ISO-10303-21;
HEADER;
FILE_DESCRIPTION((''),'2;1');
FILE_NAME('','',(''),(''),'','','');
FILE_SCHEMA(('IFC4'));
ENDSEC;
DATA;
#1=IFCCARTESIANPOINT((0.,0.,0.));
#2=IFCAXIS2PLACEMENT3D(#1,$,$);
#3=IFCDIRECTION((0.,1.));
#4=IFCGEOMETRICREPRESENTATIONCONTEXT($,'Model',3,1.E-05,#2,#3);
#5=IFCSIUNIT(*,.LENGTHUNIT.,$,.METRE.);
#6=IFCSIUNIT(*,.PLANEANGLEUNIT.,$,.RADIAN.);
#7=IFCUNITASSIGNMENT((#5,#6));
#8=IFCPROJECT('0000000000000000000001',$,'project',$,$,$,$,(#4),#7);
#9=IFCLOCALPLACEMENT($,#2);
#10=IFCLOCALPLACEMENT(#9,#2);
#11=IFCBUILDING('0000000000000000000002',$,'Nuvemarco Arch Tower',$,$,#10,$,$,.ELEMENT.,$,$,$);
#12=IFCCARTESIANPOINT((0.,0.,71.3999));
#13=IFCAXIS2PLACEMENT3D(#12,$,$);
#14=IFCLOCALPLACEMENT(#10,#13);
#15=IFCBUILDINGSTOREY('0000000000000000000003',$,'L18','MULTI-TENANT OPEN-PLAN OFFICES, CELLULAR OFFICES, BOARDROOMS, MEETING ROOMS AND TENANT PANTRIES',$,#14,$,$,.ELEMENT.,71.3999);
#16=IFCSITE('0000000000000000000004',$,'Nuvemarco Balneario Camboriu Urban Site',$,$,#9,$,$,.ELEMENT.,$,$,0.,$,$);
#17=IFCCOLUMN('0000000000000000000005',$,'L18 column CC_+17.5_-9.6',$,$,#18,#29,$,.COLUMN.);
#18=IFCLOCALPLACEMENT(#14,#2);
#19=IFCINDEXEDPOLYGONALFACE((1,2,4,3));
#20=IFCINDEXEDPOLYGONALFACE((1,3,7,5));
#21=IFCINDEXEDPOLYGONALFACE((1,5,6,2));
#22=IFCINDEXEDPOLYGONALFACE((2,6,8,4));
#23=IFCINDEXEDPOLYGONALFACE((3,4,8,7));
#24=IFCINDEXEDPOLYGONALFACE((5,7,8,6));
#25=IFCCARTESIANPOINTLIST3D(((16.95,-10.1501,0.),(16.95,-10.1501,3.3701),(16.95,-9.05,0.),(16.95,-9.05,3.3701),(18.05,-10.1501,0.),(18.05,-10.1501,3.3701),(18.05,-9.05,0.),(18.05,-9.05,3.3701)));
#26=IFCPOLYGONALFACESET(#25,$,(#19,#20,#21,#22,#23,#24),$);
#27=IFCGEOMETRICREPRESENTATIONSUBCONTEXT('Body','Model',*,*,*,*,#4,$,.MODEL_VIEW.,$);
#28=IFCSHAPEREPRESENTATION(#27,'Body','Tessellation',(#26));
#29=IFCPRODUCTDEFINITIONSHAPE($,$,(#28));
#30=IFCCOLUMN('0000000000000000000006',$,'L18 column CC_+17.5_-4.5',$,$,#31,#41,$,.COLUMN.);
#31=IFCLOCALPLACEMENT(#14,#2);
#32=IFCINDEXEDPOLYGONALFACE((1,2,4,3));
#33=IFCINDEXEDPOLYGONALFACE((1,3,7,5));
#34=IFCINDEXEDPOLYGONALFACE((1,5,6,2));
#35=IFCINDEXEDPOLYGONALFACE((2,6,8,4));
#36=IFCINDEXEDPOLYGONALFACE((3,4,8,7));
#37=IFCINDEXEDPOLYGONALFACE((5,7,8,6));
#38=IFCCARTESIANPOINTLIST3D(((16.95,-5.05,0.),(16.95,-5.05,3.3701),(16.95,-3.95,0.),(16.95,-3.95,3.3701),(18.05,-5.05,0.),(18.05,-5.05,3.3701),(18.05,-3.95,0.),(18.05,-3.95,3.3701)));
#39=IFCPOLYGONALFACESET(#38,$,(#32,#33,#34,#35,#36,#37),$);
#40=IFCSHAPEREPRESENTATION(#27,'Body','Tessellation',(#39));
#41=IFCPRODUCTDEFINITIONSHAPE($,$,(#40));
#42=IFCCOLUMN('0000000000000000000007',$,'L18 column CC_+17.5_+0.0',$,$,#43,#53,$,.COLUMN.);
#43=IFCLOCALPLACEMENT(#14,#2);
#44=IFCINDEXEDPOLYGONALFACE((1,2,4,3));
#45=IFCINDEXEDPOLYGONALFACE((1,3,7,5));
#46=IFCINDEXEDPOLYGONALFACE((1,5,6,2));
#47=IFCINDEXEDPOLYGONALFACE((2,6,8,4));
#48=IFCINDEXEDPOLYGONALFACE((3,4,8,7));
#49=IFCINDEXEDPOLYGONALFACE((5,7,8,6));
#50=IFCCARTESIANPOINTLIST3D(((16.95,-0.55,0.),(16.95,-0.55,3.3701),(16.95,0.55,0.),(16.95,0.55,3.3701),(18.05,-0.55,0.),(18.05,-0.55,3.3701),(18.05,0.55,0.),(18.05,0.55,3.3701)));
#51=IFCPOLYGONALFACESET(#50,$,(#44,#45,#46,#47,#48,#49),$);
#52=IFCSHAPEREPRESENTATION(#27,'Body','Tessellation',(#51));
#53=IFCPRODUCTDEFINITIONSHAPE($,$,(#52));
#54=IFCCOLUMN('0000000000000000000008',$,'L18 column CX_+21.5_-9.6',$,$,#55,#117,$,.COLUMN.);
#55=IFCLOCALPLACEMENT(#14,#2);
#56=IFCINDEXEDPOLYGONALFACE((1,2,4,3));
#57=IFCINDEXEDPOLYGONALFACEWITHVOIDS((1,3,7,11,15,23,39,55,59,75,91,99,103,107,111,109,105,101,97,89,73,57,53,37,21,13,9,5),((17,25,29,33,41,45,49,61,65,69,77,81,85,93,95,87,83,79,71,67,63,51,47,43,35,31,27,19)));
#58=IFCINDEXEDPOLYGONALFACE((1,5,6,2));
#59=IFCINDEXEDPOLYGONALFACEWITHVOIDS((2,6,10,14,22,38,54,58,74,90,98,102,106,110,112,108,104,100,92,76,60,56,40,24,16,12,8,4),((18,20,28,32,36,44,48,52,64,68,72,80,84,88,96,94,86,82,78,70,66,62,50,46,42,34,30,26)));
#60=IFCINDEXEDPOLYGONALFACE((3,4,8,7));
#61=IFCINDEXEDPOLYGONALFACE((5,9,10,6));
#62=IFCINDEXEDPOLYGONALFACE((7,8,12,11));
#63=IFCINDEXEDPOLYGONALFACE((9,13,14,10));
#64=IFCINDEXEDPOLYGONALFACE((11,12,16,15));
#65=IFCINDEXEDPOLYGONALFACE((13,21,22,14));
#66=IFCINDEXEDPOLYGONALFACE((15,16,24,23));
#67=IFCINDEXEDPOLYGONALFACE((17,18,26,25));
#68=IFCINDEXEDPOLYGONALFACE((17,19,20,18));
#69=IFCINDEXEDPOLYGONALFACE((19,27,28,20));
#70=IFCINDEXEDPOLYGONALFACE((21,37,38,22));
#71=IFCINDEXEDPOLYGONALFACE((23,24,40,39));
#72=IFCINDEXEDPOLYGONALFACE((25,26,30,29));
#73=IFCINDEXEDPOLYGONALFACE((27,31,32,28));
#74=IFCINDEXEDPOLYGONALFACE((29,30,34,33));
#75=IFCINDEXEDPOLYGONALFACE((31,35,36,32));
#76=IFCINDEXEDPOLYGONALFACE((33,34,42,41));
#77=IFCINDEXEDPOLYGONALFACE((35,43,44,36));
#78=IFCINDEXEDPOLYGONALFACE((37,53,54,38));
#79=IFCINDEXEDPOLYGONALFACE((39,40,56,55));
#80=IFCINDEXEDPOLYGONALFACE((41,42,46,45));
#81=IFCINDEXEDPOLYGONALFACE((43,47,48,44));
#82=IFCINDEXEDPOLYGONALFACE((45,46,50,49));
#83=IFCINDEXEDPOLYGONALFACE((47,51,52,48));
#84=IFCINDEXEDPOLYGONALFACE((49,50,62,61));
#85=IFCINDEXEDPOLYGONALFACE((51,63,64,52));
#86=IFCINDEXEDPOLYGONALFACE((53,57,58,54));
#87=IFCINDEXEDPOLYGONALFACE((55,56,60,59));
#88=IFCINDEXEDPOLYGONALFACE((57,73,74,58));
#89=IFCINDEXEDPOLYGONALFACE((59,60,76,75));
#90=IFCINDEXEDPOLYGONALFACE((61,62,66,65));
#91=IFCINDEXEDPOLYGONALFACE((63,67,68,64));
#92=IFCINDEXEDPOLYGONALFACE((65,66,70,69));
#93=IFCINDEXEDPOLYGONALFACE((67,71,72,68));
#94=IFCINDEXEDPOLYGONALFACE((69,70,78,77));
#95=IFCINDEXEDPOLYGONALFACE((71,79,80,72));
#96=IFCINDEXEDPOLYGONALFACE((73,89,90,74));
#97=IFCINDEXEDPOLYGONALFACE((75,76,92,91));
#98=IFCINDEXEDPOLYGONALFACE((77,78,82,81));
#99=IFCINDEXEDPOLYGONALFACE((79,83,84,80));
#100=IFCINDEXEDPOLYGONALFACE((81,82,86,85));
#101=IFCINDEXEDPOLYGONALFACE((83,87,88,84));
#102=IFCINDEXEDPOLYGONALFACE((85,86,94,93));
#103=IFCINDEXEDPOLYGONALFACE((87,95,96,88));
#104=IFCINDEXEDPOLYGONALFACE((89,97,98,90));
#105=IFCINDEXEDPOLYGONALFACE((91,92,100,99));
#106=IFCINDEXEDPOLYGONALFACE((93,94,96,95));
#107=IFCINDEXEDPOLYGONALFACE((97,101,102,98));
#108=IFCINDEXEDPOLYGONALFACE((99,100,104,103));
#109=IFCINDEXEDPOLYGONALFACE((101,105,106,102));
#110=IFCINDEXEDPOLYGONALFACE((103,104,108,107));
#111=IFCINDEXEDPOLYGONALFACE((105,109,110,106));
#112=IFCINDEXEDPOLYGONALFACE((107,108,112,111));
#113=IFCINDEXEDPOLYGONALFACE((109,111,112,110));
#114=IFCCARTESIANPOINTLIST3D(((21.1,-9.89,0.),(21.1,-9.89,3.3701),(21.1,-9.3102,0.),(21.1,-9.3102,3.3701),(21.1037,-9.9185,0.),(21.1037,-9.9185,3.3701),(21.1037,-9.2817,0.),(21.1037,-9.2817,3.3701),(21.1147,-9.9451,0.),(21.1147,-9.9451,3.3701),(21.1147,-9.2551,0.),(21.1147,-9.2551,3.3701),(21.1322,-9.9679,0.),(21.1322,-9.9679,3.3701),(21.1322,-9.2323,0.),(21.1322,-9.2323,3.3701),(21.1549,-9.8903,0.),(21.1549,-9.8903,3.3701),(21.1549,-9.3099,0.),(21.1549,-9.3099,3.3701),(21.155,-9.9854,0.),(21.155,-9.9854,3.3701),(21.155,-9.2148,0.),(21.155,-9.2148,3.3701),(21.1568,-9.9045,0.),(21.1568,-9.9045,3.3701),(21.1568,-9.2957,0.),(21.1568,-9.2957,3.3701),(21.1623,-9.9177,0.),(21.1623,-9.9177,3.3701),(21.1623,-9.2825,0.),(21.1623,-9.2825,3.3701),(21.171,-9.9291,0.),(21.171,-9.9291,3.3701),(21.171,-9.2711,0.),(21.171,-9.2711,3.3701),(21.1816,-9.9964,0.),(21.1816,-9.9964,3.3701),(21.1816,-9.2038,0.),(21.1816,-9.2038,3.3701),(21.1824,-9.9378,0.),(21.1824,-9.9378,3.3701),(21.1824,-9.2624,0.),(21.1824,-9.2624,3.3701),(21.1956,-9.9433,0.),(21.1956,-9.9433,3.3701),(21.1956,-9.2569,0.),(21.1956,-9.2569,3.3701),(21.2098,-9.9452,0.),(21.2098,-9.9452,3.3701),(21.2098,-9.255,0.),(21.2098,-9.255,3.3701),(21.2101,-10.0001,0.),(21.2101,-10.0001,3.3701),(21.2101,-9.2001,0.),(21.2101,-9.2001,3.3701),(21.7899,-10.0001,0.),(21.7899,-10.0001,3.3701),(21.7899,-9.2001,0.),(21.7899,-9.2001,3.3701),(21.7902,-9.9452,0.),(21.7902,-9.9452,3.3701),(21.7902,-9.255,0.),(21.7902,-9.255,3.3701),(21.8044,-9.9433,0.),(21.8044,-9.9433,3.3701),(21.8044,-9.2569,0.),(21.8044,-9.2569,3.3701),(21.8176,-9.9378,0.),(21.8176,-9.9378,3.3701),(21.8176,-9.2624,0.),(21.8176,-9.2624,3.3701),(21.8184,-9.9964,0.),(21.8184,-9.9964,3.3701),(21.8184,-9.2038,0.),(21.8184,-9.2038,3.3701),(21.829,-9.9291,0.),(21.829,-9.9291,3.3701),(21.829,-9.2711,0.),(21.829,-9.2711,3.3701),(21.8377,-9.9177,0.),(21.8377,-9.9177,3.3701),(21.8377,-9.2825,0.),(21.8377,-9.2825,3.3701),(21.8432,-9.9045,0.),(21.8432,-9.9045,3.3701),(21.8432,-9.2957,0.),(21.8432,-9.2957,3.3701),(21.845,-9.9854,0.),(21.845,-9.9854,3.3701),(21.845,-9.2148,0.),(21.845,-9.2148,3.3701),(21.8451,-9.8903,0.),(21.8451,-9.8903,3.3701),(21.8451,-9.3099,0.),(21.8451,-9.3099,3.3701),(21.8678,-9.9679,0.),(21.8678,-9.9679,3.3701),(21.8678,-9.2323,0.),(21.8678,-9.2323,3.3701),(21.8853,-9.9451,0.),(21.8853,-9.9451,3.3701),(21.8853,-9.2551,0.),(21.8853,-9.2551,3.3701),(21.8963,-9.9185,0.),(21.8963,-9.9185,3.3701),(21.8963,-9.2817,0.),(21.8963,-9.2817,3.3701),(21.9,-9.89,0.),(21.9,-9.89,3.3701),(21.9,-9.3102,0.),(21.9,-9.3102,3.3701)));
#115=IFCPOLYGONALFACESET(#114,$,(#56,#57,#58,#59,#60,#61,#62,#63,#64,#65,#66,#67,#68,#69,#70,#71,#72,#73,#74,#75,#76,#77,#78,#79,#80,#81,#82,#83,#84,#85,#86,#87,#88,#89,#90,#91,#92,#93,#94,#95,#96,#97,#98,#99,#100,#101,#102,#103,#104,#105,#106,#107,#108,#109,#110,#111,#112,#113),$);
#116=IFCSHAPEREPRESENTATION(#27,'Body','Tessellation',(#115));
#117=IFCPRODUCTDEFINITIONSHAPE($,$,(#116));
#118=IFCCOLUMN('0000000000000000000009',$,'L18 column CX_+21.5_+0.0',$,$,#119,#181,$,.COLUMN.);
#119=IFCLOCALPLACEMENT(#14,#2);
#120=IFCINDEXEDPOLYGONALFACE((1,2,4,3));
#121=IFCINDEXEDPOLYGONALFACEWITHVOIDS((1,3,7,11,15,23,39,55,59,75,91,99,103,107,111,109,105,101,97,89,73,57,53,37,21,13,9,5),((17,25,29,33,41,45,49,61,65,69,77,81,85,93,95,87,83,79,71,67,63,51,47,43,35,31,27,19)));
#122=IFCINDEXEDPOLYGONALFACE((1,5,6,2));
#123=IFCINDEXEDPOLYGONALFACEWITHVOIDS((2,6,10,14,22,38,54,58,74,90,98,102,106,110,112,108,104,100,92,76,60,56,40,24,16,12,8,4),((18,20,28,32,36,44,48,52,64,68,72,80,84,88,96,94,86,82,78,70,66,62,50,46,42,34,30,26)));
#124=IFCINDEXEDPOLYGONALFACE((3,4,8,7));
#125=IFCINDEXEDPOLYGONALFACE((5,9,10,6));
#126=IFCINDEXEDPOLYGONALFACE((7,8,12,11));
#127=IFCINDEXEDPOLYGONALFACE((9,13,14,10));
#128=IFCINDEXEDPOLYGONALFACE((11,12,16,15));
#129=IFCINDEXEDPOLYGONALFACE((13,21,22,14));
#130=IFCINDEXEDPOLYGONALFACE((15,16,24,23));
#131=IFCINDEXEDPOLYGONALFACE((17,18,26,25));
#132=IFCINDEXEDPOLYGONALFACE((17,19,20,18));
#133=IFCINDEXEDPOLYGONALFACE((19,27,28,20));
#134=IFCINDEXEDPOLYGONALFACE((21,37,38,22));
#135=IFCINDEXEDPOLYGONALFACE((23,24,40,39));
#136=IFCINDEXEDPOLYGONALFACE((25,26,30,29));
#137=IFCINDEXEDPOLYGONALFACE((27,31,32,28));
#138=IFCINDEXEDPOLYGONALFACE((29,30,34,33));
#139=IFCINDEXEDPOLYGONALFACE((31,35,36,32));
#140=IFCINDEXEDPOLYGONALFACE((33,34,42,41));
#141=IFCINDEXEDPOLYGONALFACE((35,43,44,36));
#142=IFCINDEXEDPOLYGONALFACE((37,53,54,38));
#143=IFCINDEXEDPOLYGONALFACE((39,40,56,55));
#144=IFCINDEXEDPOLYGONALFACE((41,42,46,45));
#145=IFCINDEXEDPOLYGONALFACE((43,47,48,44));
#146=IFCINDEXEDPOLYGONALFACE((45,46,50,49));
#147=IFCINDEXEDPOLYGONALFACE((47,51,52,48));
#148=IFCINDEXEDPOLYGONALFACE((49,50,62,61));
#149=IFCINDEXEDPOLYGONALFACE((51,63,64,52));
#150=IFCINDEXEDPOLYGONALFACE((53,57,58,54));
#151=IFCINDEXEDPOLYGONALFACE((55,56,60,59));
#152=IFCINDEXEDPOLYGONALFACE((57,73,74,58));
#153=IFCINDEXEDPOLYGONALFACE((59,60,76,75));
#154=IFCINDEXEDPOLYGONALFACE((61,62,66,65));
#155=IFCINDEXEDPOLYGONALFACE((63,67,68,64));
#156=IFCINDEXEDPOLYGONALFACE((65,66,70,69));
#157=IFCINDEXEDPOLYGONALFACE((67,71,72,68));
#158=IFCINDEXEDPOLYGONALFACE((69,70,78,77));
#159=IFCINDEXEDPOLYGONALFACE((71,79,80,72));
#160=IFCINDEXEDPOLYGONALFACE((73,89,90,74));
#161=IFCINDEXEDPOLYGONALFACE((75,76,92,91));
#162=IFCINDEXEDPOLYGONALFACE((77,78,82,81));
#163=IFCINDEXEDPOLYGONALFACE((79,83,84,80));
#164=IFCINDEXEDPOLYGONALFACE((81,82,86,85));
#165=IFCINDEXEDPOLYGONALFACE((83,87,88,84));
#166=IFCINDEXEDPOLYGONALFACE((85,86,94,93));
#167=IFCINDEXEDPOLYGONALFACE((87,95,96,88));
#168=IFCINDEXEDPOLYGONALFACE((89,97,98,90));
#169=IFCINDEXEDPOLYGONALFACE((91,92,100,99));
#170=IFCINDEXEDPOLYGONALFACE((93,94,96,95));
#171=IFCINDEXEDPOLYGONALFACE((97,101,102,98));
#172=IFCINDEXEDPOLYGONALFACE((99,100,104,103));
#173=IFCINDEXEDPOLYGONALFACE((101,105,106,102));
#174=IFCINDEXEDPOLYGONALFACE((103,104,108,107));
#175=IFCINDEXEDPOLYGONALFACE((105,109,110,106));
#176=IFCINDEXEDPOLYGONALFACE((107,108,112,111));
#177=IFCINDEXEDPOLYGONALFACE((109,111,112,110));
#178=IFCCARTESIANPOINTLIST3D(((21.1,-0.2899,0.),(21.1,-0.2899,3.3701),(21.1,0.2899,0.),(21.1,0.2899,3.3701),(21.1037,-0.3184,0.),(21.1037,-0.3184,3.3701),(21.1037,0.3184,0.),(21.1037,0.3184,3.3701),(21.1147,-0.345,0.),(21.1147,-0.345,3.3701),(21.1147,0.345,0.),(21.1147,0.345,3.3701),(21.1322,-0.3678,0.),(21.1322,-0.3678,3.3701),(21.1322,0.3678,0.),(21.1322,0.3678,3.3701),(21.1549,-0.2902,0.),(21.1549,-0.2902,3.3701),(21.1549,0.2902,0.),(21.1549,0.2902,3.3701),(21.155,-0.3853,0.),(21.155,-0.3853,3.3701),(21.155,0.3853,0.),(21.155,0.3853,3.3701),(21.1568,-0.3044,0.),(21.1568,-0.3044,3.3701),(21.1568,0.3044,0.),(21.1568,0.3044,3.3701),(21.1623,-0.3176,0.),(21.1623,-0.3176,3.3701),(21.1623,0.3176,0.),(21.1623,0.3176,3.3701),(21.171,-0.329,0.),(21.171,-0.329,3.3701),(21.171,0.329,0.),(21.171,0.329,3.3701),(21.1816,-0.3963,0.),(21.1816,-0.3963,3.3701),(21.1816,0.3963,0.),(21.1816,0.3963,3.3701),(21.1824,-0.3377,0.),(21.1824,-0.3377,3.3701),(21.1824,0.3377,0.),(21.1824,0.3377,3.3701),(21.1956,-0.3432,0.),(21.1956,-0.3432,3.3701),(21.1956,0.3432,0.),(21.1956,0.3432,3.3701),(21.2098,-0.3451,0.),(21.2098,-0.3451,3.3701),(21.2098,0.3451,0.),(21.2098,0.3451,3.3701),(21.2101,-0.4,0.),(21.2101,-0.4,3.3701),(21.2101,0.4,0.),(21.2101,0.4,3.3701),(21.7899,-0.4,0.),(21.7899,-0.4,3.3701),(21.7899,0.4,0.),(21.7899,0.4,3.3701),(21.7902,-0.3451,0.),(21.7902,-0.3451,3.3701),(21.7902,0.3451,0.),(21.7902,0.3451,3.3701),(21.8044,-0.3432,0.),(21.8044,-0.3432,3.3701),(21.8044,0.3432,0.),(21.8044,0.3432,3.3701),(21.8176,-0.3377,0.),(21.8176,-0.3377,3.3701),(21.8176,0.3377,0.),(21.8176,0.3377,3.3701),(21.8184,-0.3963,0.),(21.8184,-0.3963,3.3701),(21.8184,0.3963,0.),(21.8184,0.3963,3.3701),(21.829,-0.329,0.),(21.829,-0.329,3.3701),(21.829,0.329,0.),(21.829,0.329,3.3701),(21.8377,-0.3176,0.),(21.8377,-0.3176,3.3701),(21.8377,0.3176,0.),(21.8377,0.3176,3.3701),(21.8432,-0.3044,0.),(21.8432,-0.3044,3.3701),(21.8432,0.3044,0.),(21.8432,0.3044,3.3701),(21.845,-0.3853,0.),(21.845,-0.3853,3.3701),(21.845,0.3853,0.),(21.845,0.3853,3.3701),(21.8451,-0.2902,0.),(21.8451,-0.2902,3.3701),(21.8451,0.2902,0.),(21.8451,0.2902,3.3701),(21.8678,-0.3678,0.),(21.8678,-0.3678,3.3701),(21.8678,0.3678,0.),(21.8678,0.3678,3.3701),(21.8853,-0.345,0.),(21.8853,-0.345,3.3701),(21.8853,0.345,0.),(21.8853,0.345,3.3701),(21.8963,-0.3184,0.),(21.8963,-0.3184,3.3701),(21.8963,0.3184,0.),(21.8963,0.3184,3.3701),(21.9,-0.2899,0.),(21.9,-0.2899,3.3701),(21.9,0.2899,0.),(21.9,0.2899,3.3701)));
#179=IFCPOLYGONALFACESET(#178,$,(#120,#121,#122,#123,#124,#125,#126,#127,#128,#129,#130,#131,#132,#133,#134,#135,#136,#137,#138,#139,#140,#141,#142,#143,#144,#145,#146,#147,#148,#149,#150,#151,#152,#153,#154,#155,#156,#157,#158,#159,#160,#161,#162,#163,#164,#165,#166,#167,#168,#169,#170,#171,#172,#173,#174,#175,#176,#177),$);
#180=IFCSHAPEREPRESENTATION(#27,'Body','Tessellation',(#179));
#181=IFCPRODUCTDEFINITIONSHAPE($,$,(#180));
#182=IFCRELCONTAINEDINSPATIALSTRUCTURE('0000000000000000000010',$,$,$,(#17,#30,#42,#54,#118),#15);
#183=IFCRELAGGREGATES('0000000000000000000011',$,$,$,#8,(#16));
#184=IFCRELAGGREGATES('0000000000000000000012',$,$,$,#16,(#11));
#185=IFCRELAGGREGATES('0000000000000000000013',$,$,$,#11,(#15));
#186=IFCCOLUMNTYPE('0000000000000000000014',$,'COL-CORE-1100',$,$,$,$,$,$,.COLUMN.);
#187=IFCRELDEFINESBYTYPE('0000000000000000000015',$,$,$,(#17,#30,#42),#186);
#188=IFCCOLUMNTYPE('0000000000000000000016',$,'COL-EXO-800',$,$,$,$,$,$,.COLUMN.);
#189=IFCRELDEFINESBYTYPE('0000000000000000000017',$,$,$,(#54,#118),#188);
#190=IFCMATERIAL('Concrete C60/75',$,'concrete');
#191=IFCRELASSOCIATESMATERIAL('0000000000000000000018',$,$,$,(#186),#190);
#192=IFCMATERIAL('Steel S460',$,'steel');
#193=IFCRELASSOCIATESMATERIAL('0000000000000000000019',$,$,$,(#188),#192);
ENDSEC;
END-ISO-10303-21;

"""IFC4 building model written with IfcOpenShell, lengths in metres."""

from ifc_helpers import new_model, si_unit, direction, frame, origin, origin_2d, place, context, subcontext, project, spatial, rectangle, hollow_rectangle, extrude, material, material_profile, profile_set, type_object, element, save


model = new_model("IFC4")

# Units and contexts
model_context = context("Model", 3, precision=1e-05, world=origin(), true_north=direction((0.0, 1.0)))
body_context = subcontext(model_context, "Body", "Model", "MODEL_VIEW")
ifc_project = project(units=[si_unit("LENGTHUNIT", "METRE"), si_unit("PLANEANGLEUNIT", "RADIAN")], contexts=[model_context])

# Site, building, storey
site_placement = place(None, origin())
site = spatial("IfcSite", under=ifc_project, at=site_placement, Name="Nuvemarco Balneario Camboriu Urban Site", CompositionType="ELEMENT", RefElevation=0.0)
building_placement = place(site_placement, origin())
building = spatial("IfcBuilding", under=site, at=building_placement, Name="Nuvemarco Arch Tower", CompositionType="ELEMENT")
storey_placement = place(building_placement, frame((0.0, 0.0, 71.3999)))
storey = spatial("IfcBuildingStorey", under=building, at=storey_placement, Name="L18", Description="MULTI-TENANT OPEN-PLAN OFFICES, CELLULAR OFFICES, BOARDROOMS, MEETING ROOMS AND TENANT PANTRIES", CompositionType="ELEMENT", Elevation=71.3999)

# Columns
ifc_material_1 = material(Name="Concrete C60/75", Category="concrete")
ifc_material_profile_1 = material_profile(ifc_material_1, rectangle(XDim=1.1001, YDim=1.1001, at=origin_2d()), Name="RC-COL-1100x1100")
ifc_profile_set_1 = profile_set([ifc_material_profile_1], Name="Concrete C60/75")
column_type_1 = type_object("IfcColumnType", Name="COL-CORE-1100", PredefinedType="COLUMN", material=ifc_profile_set_1)
for number, where, z_axis, x_axis, name in (
    (1, (17.5, -9.6001, 0.0), (0.0, 0.0, 1.0), (1.0, 0.0, 0.0), "L18 column CC_+17.5_-9.6"),
    (2, (17.5, -4.5, 0.0), (0.0, 0.0, 1.0), (1.0, 0.0, 0.0), "L18 column CC_+17.5_-4.5"),
    (3, (17.5, 0.0, 0.0), (0.0, 0.0, 1.0), (1.0, 0.0, 0.0), "L18 column CC_+17.5_+0.0"),
):
    element("IfcColumn", number, at=place(storey_placement, frame(where, z_axis=z_axis, x_axis=x_axis)), inside=storey, type_object=column_type_1, Name=name, PredefinedType="COLUMN", context=body_context, shape_type="SweptSolid", body=[
        extrude(rectangle(XDim=1.1001, YDim=1.1001, at=origin_2d()), origin(), (0.0, 0.0, 1.0), 3.3701),
    ])
ifc_material_2 = material(Name="Steel S460", Category="steel")
ifc_material_profile_2 = material_profile(ifc_material_2, hollow_rectangle(XDim=0.8, YDim=0.8, WallThickness=0.0549, InnerFilletRadius=0.0549, OuterFilletRadius=0.1101, at=origin_2d()), Name="SHS800x800x55")
ifc_profile_set_2 = profile_set([ifc_material_profile_2], Name="Steel S460")
column_type_2 = type_object("IfcColumnType", Name="COL-EXO-800", PredefinedType="COLUMN", material=ifc_profile_set_2)
for number, where, z_axis, x_axis, name in (
    (4, (21.5, -9.6001, 0.0), (0.0, 0.0, 1.0), (1.0, 0.0, 0.0), "L18 column CX_+21.5_-9.6"),
    (5, (21.5, 0.0, 0.0), (0.0, 0.0, 1.0), (1.0, 0.0, 0.0), "L18 column CX_+21.5_+0.0"),
):
    element("IfcColumn", number, at=place(storey_placement, frame(where, z_axis=z_axis, x_axis=x_axis)), inside=storey, type_object=column_type_2, Name=name, PredefinedType="COLUMN", context=body_context, shape_type="SweptSolid", body=[
        extrude(hollow_rectangle(XDim=0.8, YDim=0.8, WallThickness=0.0549, InnerFilletRadius=0.0549, OuterFilletRadius=0.1101, at=origin_2d()), origin(), (0.0, 0.0, 1.0), 3.3701),
    ])

save(model, "model.ifc")
